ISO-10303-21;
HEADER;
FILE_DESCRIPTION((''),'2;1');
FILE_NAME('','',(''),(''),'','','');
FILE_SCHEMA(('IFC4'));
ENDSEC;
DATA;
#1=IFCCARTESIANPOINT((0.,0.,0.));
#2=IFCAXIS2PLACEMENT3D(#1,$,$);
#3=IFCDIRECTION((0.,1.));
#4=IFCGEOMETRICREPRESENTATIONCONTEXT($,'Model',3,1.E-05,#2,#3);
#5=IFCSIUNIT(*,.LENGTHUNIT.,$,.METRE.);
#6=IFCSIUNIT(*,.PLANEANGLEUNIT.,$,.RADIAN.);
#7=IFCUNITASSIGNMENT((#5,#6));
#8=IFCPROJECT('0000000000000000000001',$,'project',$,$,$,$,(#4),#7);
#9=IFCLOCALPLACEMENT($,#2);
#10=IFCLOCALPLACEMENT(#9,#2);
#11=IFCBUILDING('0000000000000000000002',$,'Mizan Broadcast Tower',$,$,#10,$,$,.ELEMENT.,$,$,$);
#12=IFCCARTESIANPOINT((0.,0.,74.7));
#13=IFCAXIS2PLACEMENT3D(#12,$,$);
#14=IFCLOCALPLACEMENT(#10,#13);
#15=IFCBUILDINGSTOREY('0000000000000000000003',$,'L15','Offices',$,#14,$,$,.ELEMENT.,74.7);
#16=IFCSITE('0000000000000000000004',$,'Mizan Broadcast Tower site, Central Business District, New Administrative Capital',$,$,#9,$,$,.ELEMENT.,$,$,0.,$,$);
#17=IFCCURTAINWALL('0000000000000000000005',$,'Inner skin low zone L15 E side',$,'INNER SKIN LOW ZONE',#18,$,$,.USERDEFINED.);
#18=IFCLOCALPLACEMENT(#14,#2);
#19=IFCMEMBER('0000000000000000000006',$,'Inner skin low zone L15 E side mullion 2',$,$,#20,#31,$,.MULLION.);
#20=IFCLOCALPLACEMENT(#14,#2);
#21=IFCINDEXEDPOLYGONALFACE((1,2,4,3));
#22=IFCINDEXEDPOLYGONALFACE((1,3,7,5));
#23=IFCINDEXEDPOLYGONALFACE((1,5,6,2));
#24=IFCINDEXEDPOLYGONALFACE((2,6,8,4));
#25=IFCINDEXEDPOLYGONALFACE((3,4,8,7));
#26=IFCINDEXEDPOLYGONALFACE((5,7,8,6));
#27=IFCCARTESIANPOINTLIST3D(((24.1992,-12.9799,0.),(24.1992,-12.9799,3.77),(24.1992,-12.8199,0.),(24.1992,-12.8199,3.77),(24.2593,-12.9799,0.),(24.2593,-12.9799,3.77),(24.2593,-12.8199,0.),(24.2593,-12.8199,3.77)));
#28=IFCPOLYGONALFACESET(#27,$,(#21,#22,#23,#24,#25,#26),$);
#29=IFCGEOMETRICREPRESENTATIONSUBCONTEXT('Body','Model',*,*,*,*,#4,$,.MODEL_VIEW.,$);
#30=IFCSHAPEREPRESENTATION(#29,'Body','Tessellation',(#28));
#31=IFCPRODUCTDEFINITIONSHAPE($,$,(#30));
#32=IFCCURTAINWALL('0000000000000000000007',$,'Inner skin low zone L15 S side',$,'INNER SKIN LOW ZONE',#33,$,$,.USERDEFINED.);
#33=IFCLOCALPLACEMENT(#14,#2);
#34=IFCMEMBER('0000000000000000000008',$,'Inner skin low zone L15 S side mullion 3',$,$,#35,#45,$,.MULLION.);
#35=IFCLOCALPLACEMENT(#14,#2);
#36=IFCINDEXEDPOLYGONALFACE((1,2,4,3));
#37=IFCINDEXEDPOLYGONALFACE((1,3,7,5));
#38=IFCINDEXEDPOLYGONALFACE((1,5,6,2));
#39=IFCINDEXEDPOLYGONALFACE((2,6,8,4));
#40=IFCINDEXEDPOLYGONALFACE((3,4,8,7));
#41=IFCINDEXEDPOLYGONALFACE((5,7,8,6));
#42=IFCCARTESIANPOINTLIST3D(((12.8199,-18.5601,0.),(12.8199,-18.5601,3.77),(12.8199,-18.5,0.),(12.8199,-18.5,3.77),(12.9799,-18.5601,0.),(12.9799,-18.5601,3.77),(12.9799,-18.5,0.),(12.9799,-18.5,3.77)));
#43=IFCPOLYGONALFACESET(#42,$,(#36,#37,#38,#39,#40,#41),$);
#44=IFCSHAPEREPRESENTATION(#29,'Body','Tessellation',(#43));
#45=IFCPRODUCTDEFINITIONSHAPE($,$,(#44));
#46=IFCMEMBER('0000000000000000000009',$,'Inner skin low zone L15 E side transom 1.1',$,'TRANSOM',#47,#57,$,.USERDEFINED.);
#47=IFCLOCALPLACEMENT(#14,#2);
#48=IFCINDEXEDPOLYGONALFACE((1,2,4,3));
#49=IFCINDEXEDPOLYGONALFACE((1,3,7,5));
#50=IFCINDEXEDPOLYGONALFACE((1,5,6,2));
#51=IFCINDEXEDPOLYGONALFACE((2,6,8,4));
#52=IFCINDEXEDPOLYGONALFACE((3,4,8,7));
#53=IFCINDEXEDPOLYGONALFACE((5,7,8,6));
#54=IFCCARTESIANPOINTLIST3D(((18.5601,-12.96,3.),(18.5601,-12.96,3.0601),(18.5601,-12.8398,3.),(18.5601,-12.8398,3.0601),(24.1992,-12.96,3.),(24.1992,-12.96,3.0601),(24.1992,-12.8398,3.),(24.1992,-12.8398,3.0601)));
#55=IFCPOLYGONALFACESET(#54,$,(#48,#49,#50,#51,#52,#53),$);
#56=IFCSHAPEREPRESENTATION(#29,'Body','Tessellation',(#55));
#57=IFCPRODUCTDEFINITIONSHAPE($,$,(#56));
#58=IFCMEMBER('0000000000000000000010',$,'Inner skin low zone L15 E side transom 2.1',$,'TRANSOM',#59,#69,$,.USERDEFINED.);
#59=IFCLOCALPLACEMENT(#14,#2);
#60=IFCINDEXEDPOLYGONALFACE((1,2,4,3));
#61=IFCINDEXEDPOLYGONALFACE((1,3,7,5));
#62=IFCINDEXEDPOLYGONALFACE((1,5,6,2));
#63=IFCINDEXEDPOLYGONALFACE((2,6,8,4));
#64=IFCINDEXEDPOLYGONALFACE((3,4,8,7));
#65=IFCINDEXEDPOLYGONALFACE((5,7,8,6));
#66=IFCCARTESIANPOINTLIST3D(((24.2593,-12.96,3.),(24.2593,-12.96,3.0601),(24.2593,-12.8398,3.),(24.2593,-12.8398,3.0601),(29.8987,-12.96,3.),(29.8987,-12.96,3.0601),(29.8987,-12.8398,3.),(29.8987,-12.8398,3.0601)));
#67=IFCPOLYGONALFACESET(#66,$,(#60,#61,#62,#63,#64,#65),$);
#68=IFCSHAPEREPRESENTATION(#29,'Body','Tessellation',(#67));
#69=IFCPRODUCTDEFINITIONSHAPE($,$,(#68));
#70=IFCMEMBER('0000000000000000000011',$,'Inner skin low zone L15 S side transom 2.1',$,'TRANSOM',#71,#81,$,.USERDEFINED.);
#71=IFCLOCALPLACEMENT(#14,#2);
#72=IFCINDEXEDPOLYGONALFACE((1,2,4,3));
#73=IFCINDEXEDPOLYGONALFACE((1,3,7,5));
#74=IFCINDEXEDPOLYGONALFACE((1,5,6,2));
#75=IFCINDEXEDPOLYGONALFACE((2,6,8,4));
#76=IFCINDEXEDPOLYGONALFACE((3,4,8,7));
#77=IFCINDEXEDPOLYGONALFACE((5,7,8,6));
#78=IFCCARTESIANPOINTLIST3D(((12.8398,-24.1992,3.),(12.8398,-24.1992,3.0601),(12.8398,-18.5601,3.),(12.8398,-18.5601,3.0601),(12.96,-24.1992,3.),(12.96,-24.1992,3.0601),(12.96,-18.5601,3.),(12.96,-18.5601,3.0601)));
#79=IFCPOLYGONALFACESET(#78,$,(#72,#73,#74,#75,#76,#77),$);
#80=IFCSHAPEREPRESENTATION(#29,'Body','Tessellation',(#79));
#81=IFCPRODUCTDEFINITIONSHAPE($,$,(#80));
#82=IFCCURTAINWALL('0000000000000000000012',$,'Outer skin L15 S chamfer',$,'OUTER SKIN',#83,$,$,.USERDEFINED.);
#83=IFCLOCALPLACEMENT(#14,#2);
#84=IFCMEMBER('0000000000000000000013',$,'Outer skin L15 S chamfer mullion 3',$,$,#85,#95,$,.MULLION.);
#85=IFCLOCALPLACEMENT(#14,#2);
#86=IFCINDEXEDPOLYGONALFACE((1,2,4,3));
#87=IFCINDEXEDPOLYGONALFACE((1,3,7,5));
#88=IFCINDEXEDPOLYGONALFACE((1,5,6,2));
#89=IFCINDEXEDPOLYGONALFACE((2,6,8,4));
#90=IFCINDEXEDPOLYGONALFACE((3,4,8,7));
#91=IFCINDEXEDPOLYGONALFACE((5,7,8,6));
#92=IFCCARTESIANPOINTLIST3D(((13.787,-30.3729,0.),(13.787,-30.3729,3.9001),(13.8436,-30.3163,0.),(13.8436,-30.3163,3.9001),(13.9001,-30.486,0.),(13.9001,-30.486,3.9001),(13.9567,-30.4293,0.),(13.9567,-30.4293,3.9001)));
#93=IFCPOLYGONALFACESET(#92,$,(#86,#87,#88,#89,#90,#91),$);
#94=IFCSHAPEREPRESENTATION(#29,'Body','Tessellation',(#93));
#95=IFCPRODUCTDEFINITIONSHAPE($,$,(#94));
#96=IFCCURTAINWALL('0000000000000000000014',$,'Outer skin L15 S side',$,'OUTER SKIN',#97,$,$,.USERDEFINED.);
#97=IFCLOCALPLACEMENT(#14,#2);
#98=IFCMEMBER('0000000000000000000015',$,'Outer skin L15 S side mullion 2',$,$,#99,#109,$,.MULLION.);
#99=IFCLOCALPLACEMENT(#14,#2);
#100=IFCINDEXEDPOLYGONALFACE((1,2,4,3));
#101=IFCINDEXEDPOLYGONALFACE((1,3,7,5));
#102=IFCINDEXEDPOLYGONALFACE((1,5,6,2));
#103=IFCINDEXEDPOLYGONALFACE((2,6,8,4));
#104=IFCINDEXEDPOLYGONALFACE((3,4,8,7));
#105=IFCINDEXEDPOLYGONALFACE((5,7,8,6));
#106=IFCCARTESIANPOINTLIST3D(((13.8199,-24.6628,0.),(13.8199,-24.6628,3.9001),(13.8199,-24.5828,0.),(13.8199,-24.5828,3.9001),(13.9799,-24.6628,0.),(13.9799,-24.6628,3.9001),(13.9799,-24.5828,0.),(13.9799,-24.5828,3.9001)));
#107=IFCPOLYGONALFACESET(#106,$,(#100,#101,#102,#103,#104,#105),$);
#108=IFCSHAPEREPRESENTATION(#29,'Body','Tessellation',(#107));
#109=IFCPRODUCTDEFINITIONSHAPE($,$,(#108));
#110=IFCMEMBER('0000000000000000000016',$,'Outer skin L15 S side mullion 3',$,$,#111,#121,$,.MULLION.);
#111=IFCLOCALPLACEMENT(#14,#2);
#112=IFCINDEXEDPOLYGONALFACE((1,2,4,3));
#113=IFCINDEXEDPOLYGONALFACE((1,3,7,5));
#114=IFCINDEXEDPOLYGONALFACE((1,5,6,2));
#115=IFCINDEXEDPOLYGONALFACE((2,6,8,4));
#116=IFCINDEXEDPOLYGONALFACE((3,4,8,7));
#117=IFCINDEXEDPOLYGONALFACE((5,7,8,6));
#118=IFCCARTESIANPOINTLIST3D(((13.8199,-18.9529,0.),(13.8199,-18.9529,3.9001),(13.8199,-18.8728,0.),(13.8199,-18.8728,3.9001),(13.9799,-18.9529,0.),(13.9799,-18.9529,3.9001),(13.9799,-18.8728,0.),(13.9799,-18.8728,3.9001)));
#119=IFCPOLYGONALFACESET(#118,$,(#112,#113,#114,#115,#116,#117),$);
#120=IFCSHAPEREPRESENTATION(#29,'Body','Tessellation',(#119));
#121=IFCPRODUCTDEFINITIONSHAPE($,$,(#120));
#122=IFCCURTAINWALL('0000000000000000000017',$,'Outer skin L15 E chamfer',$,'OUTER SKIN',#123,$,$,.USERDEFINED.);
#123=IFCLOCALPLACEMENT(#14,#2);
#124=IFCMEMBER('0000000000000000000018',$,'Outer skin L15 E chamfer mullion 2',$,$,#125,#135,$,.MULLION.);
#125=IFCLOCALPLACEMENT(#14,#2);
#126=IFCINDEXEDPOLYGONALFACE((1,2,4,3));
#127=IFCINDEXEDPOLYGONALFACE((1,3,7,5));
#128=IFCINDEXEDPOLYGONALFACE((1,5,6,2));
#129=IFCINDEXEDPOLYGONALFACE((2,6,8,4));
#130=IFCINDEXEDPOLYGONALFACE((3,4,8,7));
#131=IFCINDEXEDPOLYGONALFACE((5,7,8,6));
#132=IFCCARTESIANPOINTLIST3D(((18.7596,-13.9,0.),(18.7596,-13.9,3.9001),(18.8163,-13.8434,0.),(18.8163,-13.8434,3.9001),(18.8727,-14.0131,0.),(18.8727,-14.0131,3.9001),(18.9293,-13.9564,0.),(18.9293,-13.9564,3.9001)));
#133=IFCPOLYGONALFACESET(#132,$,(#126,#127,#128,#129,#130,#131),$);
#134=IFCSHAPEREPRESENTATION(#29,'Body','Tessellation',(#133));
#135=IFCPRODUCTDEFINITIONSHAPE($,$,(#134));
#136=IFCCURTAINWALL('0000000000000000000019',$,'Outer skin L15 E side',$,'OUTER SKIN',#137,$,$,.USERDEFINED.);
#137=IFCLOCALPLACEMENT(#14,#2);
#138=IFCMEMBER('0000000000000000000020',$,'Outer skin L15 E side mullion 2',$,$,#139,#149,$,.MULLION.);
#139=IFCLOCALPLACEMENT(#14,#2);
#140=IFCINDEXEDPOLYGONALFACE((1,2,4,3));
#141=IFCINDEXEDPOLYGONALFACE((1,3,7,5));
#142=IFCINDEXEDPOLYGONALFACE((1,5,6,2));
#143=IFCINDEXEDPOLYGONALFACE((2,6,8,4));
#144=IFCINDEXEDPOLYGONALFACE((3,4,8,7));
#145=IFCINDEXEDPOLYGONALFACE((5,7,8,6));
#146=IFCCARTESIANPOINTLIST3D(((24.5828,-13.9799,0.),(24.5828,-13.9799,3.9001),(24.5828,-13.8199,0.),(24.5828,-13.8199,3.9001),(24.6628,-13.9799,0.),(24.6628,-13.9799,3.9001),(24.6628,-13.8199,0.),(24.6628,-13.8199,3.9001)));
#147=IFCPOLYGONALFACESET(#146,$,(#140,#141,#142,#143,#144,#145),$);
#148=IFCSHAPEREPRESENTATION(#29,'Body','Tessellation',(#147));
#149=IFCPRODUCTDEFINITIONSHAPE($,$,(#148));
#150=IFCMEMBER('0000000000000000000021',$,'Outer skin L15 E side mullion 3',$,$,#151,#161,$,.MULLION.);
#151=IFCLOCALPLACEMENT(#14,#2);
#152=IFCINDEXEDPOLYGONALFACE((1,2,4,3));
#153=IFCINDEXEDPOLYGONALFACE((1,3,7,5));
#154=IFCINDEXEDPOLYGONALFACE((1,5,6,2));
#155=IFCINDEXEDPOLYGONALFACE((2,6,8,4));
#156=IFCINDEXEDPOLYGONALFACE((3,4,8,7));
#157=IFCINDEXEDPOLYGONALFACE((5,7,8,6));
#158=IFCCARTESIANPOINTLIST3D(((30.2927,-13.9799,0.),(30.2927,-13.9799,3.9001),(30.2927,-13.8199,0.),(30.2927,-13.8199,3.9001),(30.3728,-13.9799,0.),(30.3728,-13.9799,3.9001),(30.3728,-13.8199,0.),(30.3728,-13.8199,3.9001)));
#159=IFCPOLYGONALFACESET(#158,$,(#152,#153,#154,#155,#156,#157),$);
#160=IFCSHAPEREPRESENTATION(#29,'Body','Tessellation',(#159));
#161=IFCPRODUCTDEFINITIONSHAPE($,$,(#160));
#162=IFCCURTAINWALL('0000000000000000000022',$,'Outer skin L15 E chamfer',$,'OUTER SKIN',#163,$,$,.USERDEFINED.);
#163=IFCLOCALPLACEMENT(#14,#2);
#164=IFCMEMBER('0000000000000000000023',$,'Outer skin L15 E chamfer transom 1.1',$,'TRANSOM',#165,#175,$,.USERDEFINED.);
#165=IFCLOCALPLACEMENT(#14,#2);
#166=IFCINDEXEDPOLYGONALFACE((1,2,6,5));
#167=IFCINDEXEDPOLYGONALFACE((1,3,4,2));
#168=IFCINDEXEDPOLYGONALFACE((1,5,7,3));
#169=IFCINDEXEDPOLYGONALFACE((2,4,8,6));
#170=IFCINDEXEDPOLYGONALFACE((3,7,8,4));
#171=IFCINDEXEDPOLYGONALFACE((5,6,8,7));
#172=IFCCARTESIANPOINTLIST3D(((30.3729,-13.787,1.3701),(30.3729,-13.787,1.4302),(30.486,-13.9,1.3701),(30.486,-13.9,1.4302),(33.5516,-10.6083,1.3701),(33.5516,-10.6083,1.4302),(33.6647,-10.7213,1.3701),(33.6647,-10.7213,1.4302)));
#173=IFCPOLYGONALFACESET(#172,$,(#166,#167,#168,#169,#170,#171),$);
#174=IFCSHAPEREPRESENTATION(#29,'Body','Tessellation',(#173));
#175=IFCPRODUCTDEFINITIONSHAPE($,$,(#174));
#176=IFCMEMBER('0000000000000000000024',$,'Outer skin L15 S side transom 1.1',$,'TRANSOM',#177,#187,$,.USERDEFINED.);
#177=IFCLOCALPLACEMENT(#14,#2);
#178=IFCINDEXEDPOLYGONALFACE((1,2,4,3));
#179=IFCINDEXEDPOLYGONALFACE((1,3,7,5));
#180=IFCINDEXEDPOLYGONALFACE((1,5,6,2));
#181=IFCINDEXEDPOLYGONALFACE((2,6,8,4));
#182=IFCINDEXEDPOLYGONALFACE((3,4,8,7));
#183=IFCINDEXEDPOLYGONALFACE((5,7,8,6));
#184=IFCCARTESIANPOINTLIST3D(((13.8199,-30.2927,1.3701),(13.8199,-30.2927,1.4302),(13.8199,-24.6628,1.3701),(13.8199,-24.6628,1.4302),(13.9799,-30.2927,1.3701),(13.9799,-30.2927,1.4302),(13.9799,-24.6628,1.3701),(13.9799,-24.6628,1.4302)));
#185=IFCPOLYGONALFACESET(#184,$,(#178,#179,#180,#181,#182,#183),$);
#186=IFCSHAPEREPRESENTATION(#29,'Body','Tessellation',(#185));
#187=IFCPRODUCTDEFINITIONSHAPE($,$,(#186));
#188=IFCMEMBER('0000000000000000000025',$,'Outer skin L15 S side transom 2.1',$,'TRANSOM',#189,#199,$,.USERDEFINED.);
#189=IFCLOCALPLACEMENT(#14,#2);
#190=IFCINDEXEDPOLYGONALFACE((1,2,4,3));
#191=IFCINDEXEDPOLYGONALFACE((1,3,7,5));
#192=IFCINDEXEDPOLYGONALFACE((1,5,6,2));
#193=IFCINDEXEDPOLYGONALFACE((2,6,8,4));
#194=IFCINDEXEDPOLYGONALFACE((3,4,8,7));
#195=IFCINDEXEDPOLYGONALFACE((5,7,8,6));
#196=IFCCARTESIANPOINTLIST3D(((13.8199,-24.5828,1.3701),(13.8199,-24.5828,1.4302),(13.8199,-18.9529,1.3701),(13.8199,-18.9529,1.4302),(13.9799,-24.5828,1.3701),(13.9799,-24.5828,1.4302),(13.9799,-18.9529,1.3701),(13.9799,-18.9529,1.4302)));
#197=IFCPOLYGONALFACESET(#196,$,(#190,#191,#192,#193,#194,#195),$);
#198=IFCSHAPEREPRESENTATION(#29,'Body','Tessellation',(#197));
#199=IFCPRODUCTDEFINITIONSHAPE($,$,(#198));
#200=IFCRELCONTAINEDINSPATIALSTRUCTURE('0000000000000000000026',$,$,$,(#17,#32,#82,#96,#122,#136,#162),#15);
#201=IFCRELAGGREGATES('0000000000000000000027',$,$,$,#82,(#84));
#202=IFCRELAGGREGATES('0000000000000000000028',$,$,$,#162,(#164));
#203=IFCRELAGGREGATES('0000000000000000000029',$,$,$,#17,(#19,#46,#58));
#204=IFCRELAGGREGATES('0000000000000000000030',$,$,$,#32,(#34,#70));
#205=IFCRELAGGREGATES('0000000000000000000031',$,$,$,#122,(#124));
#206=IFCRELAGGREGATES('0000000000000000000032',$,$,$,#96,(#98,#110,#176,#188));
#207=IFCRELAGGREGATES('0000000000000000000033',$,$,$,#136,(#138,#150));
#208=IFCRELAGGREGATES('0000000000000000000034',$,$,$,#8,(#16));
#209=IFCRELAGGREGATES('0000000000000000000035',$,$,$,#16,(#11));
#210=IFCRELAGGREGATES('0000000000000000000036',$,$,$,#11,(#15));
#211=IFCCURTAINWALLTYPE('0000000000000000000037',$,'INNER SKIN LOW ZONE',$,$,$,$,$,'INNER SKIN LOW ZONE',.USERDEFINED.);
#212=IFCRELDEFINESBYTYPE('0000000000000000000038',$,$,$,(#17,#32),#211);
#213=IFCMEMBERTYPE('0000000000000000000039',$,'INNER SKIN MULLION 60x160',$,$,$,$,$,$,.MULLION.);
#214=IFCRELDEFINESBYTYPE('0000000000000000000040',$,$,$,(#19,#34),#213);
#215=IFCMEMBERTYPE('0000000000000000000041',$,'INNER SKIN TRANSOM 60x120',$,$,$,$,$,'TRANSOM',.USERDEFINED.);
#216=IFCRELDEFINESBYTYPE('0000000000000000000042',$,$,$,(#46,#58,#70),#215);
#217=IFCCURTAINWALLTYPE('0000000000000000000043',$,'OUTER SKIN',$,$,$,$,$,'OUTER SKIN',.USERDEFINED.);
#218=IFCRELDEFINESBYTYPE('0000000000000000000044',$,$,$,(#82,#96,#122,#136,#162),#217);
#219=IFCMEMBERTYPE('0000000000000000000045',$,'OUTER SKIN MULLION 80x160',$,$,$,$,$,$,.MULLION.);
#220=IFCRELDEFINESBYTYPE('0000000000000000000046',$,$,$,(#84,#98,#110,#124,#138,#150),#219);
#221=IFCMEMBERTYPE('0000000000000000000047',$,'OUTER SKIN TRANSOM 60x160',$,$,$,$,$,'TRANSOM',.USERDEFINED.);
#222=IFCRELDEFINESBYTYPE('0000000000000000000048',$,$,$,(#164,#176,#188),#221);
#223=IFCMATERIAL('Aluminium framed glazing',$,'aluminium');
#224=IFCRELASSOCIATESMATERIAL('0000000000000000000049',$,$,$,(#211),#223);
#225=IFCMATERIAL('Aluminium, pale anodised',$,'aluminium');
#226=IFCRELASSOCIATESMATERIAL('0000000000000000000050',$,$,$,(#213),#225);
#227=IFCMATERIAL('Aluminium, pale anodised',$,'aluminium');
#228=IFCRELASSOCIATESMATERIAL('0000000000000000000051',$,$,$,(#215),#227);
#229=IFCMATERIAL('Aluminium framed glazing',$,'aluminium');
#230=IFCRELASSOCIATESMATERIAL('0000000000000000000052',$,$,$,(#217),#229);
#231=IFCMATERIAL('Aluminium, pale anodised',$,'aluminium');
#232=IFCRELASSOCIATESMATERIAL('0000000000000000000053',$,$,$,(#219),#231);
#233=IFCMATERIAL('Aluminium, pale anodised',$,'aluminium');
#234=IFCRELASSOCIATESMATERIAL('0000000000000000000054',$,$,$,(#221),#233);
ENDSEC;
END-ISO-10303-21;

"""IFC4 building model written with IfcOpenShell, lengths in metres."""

from ifc_helpers import new_model, si_unit, direction, frame, origin, origin_2d, place, context, subcontext, project, spatial, rectangle, extrude, material, material_profile, profile_set, type_object, element, aggregate, save


model = new_model("IFC4")

# Units and contexts
model_context = context("Model", 3, precision=1e-05, world=origin(), true_north=direction((0.0, 1.0)))
body_context = subcontext(model_context, "Body", "Model", "MODEL_VIEW")
ifc_project = project(units=[si_unit("LENGTHUNIT", "METRE"), si_unit("PLANEANGLEUNIT", "RADIAN")], contexts=[model_context])

# Site, building, storey
site_placement = place(None, origin())
site = spatial("IfcSite", under=ifc_project, at=site_placement, Name="Mizan Broadcast Tower site, Central Business District, New Administrative Capital", CompositionType="ELEMENT", RefElevation=0.0)
building_placement = place(site_placement, origin())
building = spatial("IfcBuilding", under=site, at=building_placement, Name="Mizan Broadcast Tower", CompositionType="ELEMENT")
storey_placement = place(building_placement, frame((0.0, 0.0, 74.7)))
storey = spatial("IfcBuildingStorey", under=building, at=storey_placement, Name="L15", Description="Offices", CompositionType="ELEMENT", Elevation=74.7)

# Curtain walls, members
ifc_material_1 = material(Name="Aluminium framed glazing", Category="aluminium")
curtain_wall_type_1 = type_object("IfcCurtainWallType", Name="INNER SKIN LOW ZONE", ElementType="INNER SKIN LOW ZONE", PredefinedType="USERDEFINED", material=ifc_material_1)
curtain_wall_1_placement = place(storey_placement, origin())
curtain_wall_1 = element("IfcCurtainWall", 1, at=curtain_wall_1_placement, inside=storey, type_object=curtain_wall_type_1, Name="Inner skin low zone L15 E side", ObjectType="INNER SKIN LOW ZONE", PredefinedType="USERDEFINED")
ifc_material_2 = material(Name="Aluminium, pale anodised", Category="aluminium")
ifc_material_profile_1 = material_profile(ifc_material_2, rectangle(XDim=0.1599, YDim=0.0601, at=origin_2d()), Name="MULLION 160x60")
ifc_profile_set_1 = profile_set([ifc_material_profile_1], Name="Aluminium, pale anodised")
member_type_1 = type_object("IfcMemberType", Name="INNER SKIN MULLION 60x160", PredefinedType="MULLION", material=ifc_profile_set_1)
member_1_placement = place(storey_placement, frame((24.2292, -12.8999, 0.0), z_axis=(0.0, 0.0, 1.0), x_axis=(0.0, 1.0, 0.0)))
member_1 = element("IfcMember", 2, at=member_1_placement, type_object=member_type_1, Name="Inner skin low zone L15 E side mullion 2", PredefinedType="MULLION", context=body_context, shape_type="SweptSolid", body=[
    extrude(rectangle(XDim=0.1599, YDim=0.0601, at=origin_2d()), origin(), (0.0, 0.0, 1.0), 3.77),
])
curtain_wall_2_placement = place(storey_placement, origin())
curtain_wall_2 = element("IfcCurtainWall", 3, at=curtain_wall_2_placement, inside=storey, type_object=curtain_wall_type_1, Name="Inner skin low zone L15 S side", ObjectType="INNER SKIN LOW ZONE", PredefinedType="USERDEFINED")
member_2_placement = place(storey_placement, frame((12.8999, -18.53, 0.0), z_axis=(0.0, 0.0, 1.0), x_axis=(-1.0, 0.0, 0.0)))
member_2 = element("IfcMember", 4, at=member_2_placement, type_object=member_type_1, Name="Inner skin low zone L15 S side mullion 3", PredefinedType="MULLION", context=body_context, shape_type="SweptSolid", body=[
    extrude(rectangle(XDim=0.1599, YDim=0.0601, at=origin_2d()), origin(), (0.0, 0.0, 1.0), 3.77),
])

# Members
ifc_material_3 = material(Name="Aluminium, pale anodised", Category="aluminium")
ifc_material_profile_2 = material_profile(ifc_material_3, rectangle(XDim=0.1201, YDim=0.0601, at=origin_2d()), Name="TRANSOM 120x60")
ifc_profile_set_2 = profile_set([ifc_material_profile_2], Name="Aluminium, pale anodised")
member_type_2 = type_object("IfcMemberType", Name="INNER SKIN TRANSOM 60x120", ElementType="TRANSOM", PredefinedType="USERDEFINED", material=ifc_profile_set_2)
member_3_placement = place(storey_placement, frame((18.5601, -12.8999, 3.03), z_axis=(1.0, 0.0, 0.0), x_axis=(0.0, 1.0, 0.0)))
member_3 = element("IfcMember", 5, at=member_3_placement, type_object=member_type_2, Name="Inner skin low zone L15 E side transom 1.1", ObjectType="TRANSOM", PredefinedType="USERDEFINED", context=body_context, shape_type="SweptSolid", body=[
    extrude(rectangle(XDim=0.1201, YDim=0.0601, at=origin_2d()), origin(), (0.0, 0.0, 1.0), 5.6392),
])
member_4_placement = place(storey_placement, frame((24.2593, -12.8999, 3.03), z_axis=(1.0, 0.0, 0.0), x_axis=(0.0, 1.0, 0.0)))
member_4 = element("IfcMember", 6, at=member_4_placement, type_object=member_type_2, Name="Inner skin low zone L15 E side transom 2.1", ObjectType="TRANSOM", PredefinedType="USERDEFINED", context=body_context, shape_type="SweptSolid", body=[
    extrude(rectangle(XDim=0.1201, YDim=0.0601, at=origin_2d()), origin(), (0.0, 0.0, 1.0), 5.6394),
])
member_5_placement = place(storey_placement, frame((12.8999, -24.1992, 3.03), z_axis=(0.0, 1.0, 0.0), x_axis=(-1.0, 0.0, 0.0)))
member_5 = element("IfcMember", 7, at=member_5_placement, type_object=member_type_2, Name="Inner skin low zone L15 S side transom 2.1", ObjectType="TRANSOM", PredefinedType="USERDEFINED", context=body_context, shape_type="SweptSolid", body=[
    extrude(rectangle(XDim=0.1201, YDim=0.0601, at=origin_2d()), origin(), (0.0, 0.0, 1.0), 5.6392),
])

# Curtain wall, member
ifc_material_4 = material(Name="Aluminium framed glazing", Category="aluminium")
curtain_wall_type_2 = type_object("IfcCurtainWallType", Name="OUTER SKIN", ElementType="OUTER SKIN", PredefinedType="USERDEFINED", material=ifc_material_4)
curtain_wall_3_placement = place(storey_placement, origin())
curtain_wall_3 = element("IfcCurtainWall", 8, at=curtain_wall_3_placement, inside=storey, type_object=curtain_wall_type_2, Name="Outer skin L15 S chamfer", ObjectType="OUTER SKIN", PredefinedType="USERDEFINED")
ifc_material_5 = material(Name="Aluminium, pale anodised", Category="aluminium")
ifc_material_profile_3 = material_profile(ifc_material_5, rectangle(XDim=0.1599, YDim=0.0801, at=origin_2d()), Name="MULLION 160x80")
ifc_profile_set_3 = profile_set([ifc_material_profile_3], Name="Aluminium, pale anodised")
member_type_3 = type_object("IfcMemberType", Name="OUTER SKIN MULLION 80x160", PredefinedType="MULLION", material=ifc_profile_set_3)
member_6_placement = place(storey_placement, frame((13.8718, -30.4011, 0.0), z_axis=(0.0, 0.0, 1.0), x_axis=(-0.707107, 0.707107, 0.0)))
member_6 = element("IfcMember", 9, at=member_6_placement, type_object=member_type_3, Name="Outer skin L15 S chamfer mullion 3", PredefinedType="MULLION", context=body_context, shape_type="SweptSolid", body=[
    extrude(rectangle(XDim=0.1599, YDim=0.0801, at=origin_2d()), origin(), (0.0, 0.0, 1.0), 3.9001),
])
aggregate(curtain_wall_3, [member_6])

# Curtain wall, members
curtain_wall_4_placement = place(storey_placement, origin())
curtain_wall_4 = element("IfcCurtainWall", 10, at=curtain_wall_4_placement, inside=storey, type_object=curtain_wall_type_2, Name="Outer skin L15 S side", ObjectType="OUTER SKIN", PredefinedType="USERDEFINED")
member_7_placement = place(storey_placement, frame((13.8999, -24.6228, 0.0), z_axis=(0.0, 0.0, 1.0), x_axis=(-1.0, 0.0, 0.0)))
member_7 = element("IfcMember", 11, at=member_7_placement, type_object=member_type_3, Name="Outer skin L15 S side mullion 2", PredefinedType="MULLION", context=body_context, shape_type="SweptSolid", body=[
    extrude(rectangle(XDim=0.1599, YDim=0.0801, at=origin_2d()), origin(), (0.0, 0.0, 1.0), 3.9001),
])
member_8_placement = place(storey_placement, frame((13.8999, -18.9128, 0.0), z_axis=(0.0, 0.0, 1.0), x_axis=(-1.0, 0.0, 0.0)))
member_8 = element("IfcMember", 12, at=member_8_placement, type_object=member_type_3, Name="Outer skin L15 S side mullion 3", PredefinedType="MULLION", context=body_context, shape_type="SweptSolid", body=[
    extrude(rectangle(XDim=0.1599, YDim=0.0801, at=origin_2d()), origin(), (0.0, 0.0, 1.0), 3.9001),
])

# Curtain wall, member
curtain_wall_5_placement = place(storey_placement, origin())
curtain_wall_5 = element("IfcCurtainWall", 13, at=curtain_wall_5_placement, inside=storey, type_object=curtain_wall_type_2, Name="Outer skin L15 E chamfer", ObjectType="OUTER SKIN", PredefinedType="USERDEFINED")
member_9_placement = place(storey_placement, frame((18.8445, -13.9282, 0.0), z_axis=(0.0, 0.0, 1.0), x_axis=(-0.707107, 0.707107, 0.0)))
member_9 = element("IfcMember", 14, at=member_9_placement, type_object=member_type_3, Name="Outer skin L15 E chamfer mullion 2", PredefinedType="MULLION", context=body_context, shape_type="SweptSolid", body=[
    extrude(rectangle(XDim=0.1599, YDim=0.0801, at=origin_2d()), origin(), (0.0, 0.0, 1.0), 3.9001),
])

# Curtain wall, members
curtain_wall_6_placement = place(storey_placement, origin())
curtain_wall_6 = element("IfcCurtainWall", 15, at=curtain_wall_6_placement, inside=storey, type_object=curtain_wall_type_2, Name="Outer skin L15 E side", ObjectType="OUTER SKIN", PredefinedType="USERDEFINED")
member_10_placement = place(storey_placement, frame((24.6228, -13.8999, 0.0), z_axis=(0.0, 0.0, 1.0), x_axis=(0.0, 1.0, 0.0)))
member_10 = element("IfcMember", 16, at=member_10_placement, type_object=member_type_3, Name="Outer skin L15 E side mullion 2", PredefinedType="MULLION", context=body_context, shape_type="SweptSolid", body=[
    extrude(rectangle(XDim=0.1599, YDim=0.0801, at=origin_2d()), origin(), (0.0, 0.0, 1.0), 3.9001),
])
member_11_placement = place(storey_placement, frame((30.3328, -13.8999, 0.0), z_axis=(0.0, 0.0, 1.0), x_axis=(0.0, 1.0, 0.0)))
member_11 = element("IfcMember", 17, at=member_11_placement, type_object=member_type_3, Name="Outer skin L15 E side mullion 3", PredefinedType="MULLION", context=body_context, shape_type="SweptSolid", body=[
    extrude(rectangle(XDim=0.1599, YDim=0.0801, at=origin_2d()), origin(), (0.0, 0.0, 1.0), 3.9001),
])

# Curtain wall, member
curtain_wall_7_placement = place(storey_placement, origin())
curtain_wall_7 = element("IfcCurtainWall", 18, at=curtain_wall_7_placement, inside=storey, type_object=curtain_wall_type_2, Name="Outer skin L15 E chamfer", ObjectType="OUTER SKIN", PredefinedType="USERDEFINED")
ifc_material_6 = material(Name="Aluminium, pale anodised", Category="aluminium")
ifc_material_profile_4 = material_profile(ifc_material_6, rectangle(XDim=0.1599, YDim=0.0601, at=origin_2d()), Name="TRANSOM 160x60")
ifc_profile_set_4 = profile_set([ifc_material_profile_4], Name="Aluminium, pale anodised")
member_type_4 = type_object("IfcMemberType", Name="OUTER SKIN TRANSOM 60x160", ElementType="TRANSOM", PredefinedType="USERDEFINED", material=ifc_profile_set_4)
member_12_placement = place(storey_placement, frame((30.4294, -13.8435, 1.4001), z_axis=(0.707107, 0.707107, 0.0), x_axis=(-0.707107, 0.707107, 0.0)))
member_12 = element("IfcMember", 19, at=member_12_placement, type_object=member_type_4, Name="Outer skin L15 E chamfer transom 1.1", ObjectType="TRANSOM", PredefinedType="USERDEFINED", context=body_context, shape_type="SweptSolid", body=[
    extrude(rectangle(XDim=0.1599, YDim=0.0601, at=origin_2d()), origin(), (0.0, 0.0, 1.0), 4.4954),
])
aggregate(curtain_wall_7, [member_12])

# Members
member_13_placement = place(storey_placement, frame((13.8999, -30.2927, 1.4001), z_axis=(0.0, 1.0, 0.0), x_axis=(-1.0, 0.0, 0.0)))
member_13 = element("IfcMember", 20, at=member_13_placement, type_object=member_type_4, Name="Outer skin L15 S side transom 1.1", ObjectType="TRANSOM", PredefinedType="USERDEFINED", context=body_context, shape_type="SweptSolid", body=[
    extrude(rectangle(XDim=0.1599, YDim=0.0601, at=origin_2d()), origin(), (0.0, 0.0, 1.0), 5.6299),
])
member_14_placement = place(storey_placement, frame((13.8999, -24.5828, 1.4001), z_axis=(0.0, 1.0, 0.0), x_axis=(-1.0, 0.0, 0.0)))
member_14 = element("IfcMember", 21, at=member_14_placement, type_object=member_type_4, Name="Outer skin L15 S side transom 2.1", ObjectType="TRANSOM", PredefinedType="USERDEFINED", context=body_context, shape_type="SweptSolid", body=[
    extrude(rectangle(XDim=0.1599, YDim=0.0601, at=origin_2d()), origin(), (0.0, 0.0, 1.0), 5.6299),
])

aggregate(curtain_wall_1, [member_1, member_3, member_4])
aggregate(curtain_wall_2, [member_2, member_5])
aggregate(curtain_wall_5, [member_9])
aggregate(curtain_wall_4, [member_7, member_8, member_13, member_14])
aggregate(curtain_wall_6, [member_10, member_11])

save(model, "model.ifc")
